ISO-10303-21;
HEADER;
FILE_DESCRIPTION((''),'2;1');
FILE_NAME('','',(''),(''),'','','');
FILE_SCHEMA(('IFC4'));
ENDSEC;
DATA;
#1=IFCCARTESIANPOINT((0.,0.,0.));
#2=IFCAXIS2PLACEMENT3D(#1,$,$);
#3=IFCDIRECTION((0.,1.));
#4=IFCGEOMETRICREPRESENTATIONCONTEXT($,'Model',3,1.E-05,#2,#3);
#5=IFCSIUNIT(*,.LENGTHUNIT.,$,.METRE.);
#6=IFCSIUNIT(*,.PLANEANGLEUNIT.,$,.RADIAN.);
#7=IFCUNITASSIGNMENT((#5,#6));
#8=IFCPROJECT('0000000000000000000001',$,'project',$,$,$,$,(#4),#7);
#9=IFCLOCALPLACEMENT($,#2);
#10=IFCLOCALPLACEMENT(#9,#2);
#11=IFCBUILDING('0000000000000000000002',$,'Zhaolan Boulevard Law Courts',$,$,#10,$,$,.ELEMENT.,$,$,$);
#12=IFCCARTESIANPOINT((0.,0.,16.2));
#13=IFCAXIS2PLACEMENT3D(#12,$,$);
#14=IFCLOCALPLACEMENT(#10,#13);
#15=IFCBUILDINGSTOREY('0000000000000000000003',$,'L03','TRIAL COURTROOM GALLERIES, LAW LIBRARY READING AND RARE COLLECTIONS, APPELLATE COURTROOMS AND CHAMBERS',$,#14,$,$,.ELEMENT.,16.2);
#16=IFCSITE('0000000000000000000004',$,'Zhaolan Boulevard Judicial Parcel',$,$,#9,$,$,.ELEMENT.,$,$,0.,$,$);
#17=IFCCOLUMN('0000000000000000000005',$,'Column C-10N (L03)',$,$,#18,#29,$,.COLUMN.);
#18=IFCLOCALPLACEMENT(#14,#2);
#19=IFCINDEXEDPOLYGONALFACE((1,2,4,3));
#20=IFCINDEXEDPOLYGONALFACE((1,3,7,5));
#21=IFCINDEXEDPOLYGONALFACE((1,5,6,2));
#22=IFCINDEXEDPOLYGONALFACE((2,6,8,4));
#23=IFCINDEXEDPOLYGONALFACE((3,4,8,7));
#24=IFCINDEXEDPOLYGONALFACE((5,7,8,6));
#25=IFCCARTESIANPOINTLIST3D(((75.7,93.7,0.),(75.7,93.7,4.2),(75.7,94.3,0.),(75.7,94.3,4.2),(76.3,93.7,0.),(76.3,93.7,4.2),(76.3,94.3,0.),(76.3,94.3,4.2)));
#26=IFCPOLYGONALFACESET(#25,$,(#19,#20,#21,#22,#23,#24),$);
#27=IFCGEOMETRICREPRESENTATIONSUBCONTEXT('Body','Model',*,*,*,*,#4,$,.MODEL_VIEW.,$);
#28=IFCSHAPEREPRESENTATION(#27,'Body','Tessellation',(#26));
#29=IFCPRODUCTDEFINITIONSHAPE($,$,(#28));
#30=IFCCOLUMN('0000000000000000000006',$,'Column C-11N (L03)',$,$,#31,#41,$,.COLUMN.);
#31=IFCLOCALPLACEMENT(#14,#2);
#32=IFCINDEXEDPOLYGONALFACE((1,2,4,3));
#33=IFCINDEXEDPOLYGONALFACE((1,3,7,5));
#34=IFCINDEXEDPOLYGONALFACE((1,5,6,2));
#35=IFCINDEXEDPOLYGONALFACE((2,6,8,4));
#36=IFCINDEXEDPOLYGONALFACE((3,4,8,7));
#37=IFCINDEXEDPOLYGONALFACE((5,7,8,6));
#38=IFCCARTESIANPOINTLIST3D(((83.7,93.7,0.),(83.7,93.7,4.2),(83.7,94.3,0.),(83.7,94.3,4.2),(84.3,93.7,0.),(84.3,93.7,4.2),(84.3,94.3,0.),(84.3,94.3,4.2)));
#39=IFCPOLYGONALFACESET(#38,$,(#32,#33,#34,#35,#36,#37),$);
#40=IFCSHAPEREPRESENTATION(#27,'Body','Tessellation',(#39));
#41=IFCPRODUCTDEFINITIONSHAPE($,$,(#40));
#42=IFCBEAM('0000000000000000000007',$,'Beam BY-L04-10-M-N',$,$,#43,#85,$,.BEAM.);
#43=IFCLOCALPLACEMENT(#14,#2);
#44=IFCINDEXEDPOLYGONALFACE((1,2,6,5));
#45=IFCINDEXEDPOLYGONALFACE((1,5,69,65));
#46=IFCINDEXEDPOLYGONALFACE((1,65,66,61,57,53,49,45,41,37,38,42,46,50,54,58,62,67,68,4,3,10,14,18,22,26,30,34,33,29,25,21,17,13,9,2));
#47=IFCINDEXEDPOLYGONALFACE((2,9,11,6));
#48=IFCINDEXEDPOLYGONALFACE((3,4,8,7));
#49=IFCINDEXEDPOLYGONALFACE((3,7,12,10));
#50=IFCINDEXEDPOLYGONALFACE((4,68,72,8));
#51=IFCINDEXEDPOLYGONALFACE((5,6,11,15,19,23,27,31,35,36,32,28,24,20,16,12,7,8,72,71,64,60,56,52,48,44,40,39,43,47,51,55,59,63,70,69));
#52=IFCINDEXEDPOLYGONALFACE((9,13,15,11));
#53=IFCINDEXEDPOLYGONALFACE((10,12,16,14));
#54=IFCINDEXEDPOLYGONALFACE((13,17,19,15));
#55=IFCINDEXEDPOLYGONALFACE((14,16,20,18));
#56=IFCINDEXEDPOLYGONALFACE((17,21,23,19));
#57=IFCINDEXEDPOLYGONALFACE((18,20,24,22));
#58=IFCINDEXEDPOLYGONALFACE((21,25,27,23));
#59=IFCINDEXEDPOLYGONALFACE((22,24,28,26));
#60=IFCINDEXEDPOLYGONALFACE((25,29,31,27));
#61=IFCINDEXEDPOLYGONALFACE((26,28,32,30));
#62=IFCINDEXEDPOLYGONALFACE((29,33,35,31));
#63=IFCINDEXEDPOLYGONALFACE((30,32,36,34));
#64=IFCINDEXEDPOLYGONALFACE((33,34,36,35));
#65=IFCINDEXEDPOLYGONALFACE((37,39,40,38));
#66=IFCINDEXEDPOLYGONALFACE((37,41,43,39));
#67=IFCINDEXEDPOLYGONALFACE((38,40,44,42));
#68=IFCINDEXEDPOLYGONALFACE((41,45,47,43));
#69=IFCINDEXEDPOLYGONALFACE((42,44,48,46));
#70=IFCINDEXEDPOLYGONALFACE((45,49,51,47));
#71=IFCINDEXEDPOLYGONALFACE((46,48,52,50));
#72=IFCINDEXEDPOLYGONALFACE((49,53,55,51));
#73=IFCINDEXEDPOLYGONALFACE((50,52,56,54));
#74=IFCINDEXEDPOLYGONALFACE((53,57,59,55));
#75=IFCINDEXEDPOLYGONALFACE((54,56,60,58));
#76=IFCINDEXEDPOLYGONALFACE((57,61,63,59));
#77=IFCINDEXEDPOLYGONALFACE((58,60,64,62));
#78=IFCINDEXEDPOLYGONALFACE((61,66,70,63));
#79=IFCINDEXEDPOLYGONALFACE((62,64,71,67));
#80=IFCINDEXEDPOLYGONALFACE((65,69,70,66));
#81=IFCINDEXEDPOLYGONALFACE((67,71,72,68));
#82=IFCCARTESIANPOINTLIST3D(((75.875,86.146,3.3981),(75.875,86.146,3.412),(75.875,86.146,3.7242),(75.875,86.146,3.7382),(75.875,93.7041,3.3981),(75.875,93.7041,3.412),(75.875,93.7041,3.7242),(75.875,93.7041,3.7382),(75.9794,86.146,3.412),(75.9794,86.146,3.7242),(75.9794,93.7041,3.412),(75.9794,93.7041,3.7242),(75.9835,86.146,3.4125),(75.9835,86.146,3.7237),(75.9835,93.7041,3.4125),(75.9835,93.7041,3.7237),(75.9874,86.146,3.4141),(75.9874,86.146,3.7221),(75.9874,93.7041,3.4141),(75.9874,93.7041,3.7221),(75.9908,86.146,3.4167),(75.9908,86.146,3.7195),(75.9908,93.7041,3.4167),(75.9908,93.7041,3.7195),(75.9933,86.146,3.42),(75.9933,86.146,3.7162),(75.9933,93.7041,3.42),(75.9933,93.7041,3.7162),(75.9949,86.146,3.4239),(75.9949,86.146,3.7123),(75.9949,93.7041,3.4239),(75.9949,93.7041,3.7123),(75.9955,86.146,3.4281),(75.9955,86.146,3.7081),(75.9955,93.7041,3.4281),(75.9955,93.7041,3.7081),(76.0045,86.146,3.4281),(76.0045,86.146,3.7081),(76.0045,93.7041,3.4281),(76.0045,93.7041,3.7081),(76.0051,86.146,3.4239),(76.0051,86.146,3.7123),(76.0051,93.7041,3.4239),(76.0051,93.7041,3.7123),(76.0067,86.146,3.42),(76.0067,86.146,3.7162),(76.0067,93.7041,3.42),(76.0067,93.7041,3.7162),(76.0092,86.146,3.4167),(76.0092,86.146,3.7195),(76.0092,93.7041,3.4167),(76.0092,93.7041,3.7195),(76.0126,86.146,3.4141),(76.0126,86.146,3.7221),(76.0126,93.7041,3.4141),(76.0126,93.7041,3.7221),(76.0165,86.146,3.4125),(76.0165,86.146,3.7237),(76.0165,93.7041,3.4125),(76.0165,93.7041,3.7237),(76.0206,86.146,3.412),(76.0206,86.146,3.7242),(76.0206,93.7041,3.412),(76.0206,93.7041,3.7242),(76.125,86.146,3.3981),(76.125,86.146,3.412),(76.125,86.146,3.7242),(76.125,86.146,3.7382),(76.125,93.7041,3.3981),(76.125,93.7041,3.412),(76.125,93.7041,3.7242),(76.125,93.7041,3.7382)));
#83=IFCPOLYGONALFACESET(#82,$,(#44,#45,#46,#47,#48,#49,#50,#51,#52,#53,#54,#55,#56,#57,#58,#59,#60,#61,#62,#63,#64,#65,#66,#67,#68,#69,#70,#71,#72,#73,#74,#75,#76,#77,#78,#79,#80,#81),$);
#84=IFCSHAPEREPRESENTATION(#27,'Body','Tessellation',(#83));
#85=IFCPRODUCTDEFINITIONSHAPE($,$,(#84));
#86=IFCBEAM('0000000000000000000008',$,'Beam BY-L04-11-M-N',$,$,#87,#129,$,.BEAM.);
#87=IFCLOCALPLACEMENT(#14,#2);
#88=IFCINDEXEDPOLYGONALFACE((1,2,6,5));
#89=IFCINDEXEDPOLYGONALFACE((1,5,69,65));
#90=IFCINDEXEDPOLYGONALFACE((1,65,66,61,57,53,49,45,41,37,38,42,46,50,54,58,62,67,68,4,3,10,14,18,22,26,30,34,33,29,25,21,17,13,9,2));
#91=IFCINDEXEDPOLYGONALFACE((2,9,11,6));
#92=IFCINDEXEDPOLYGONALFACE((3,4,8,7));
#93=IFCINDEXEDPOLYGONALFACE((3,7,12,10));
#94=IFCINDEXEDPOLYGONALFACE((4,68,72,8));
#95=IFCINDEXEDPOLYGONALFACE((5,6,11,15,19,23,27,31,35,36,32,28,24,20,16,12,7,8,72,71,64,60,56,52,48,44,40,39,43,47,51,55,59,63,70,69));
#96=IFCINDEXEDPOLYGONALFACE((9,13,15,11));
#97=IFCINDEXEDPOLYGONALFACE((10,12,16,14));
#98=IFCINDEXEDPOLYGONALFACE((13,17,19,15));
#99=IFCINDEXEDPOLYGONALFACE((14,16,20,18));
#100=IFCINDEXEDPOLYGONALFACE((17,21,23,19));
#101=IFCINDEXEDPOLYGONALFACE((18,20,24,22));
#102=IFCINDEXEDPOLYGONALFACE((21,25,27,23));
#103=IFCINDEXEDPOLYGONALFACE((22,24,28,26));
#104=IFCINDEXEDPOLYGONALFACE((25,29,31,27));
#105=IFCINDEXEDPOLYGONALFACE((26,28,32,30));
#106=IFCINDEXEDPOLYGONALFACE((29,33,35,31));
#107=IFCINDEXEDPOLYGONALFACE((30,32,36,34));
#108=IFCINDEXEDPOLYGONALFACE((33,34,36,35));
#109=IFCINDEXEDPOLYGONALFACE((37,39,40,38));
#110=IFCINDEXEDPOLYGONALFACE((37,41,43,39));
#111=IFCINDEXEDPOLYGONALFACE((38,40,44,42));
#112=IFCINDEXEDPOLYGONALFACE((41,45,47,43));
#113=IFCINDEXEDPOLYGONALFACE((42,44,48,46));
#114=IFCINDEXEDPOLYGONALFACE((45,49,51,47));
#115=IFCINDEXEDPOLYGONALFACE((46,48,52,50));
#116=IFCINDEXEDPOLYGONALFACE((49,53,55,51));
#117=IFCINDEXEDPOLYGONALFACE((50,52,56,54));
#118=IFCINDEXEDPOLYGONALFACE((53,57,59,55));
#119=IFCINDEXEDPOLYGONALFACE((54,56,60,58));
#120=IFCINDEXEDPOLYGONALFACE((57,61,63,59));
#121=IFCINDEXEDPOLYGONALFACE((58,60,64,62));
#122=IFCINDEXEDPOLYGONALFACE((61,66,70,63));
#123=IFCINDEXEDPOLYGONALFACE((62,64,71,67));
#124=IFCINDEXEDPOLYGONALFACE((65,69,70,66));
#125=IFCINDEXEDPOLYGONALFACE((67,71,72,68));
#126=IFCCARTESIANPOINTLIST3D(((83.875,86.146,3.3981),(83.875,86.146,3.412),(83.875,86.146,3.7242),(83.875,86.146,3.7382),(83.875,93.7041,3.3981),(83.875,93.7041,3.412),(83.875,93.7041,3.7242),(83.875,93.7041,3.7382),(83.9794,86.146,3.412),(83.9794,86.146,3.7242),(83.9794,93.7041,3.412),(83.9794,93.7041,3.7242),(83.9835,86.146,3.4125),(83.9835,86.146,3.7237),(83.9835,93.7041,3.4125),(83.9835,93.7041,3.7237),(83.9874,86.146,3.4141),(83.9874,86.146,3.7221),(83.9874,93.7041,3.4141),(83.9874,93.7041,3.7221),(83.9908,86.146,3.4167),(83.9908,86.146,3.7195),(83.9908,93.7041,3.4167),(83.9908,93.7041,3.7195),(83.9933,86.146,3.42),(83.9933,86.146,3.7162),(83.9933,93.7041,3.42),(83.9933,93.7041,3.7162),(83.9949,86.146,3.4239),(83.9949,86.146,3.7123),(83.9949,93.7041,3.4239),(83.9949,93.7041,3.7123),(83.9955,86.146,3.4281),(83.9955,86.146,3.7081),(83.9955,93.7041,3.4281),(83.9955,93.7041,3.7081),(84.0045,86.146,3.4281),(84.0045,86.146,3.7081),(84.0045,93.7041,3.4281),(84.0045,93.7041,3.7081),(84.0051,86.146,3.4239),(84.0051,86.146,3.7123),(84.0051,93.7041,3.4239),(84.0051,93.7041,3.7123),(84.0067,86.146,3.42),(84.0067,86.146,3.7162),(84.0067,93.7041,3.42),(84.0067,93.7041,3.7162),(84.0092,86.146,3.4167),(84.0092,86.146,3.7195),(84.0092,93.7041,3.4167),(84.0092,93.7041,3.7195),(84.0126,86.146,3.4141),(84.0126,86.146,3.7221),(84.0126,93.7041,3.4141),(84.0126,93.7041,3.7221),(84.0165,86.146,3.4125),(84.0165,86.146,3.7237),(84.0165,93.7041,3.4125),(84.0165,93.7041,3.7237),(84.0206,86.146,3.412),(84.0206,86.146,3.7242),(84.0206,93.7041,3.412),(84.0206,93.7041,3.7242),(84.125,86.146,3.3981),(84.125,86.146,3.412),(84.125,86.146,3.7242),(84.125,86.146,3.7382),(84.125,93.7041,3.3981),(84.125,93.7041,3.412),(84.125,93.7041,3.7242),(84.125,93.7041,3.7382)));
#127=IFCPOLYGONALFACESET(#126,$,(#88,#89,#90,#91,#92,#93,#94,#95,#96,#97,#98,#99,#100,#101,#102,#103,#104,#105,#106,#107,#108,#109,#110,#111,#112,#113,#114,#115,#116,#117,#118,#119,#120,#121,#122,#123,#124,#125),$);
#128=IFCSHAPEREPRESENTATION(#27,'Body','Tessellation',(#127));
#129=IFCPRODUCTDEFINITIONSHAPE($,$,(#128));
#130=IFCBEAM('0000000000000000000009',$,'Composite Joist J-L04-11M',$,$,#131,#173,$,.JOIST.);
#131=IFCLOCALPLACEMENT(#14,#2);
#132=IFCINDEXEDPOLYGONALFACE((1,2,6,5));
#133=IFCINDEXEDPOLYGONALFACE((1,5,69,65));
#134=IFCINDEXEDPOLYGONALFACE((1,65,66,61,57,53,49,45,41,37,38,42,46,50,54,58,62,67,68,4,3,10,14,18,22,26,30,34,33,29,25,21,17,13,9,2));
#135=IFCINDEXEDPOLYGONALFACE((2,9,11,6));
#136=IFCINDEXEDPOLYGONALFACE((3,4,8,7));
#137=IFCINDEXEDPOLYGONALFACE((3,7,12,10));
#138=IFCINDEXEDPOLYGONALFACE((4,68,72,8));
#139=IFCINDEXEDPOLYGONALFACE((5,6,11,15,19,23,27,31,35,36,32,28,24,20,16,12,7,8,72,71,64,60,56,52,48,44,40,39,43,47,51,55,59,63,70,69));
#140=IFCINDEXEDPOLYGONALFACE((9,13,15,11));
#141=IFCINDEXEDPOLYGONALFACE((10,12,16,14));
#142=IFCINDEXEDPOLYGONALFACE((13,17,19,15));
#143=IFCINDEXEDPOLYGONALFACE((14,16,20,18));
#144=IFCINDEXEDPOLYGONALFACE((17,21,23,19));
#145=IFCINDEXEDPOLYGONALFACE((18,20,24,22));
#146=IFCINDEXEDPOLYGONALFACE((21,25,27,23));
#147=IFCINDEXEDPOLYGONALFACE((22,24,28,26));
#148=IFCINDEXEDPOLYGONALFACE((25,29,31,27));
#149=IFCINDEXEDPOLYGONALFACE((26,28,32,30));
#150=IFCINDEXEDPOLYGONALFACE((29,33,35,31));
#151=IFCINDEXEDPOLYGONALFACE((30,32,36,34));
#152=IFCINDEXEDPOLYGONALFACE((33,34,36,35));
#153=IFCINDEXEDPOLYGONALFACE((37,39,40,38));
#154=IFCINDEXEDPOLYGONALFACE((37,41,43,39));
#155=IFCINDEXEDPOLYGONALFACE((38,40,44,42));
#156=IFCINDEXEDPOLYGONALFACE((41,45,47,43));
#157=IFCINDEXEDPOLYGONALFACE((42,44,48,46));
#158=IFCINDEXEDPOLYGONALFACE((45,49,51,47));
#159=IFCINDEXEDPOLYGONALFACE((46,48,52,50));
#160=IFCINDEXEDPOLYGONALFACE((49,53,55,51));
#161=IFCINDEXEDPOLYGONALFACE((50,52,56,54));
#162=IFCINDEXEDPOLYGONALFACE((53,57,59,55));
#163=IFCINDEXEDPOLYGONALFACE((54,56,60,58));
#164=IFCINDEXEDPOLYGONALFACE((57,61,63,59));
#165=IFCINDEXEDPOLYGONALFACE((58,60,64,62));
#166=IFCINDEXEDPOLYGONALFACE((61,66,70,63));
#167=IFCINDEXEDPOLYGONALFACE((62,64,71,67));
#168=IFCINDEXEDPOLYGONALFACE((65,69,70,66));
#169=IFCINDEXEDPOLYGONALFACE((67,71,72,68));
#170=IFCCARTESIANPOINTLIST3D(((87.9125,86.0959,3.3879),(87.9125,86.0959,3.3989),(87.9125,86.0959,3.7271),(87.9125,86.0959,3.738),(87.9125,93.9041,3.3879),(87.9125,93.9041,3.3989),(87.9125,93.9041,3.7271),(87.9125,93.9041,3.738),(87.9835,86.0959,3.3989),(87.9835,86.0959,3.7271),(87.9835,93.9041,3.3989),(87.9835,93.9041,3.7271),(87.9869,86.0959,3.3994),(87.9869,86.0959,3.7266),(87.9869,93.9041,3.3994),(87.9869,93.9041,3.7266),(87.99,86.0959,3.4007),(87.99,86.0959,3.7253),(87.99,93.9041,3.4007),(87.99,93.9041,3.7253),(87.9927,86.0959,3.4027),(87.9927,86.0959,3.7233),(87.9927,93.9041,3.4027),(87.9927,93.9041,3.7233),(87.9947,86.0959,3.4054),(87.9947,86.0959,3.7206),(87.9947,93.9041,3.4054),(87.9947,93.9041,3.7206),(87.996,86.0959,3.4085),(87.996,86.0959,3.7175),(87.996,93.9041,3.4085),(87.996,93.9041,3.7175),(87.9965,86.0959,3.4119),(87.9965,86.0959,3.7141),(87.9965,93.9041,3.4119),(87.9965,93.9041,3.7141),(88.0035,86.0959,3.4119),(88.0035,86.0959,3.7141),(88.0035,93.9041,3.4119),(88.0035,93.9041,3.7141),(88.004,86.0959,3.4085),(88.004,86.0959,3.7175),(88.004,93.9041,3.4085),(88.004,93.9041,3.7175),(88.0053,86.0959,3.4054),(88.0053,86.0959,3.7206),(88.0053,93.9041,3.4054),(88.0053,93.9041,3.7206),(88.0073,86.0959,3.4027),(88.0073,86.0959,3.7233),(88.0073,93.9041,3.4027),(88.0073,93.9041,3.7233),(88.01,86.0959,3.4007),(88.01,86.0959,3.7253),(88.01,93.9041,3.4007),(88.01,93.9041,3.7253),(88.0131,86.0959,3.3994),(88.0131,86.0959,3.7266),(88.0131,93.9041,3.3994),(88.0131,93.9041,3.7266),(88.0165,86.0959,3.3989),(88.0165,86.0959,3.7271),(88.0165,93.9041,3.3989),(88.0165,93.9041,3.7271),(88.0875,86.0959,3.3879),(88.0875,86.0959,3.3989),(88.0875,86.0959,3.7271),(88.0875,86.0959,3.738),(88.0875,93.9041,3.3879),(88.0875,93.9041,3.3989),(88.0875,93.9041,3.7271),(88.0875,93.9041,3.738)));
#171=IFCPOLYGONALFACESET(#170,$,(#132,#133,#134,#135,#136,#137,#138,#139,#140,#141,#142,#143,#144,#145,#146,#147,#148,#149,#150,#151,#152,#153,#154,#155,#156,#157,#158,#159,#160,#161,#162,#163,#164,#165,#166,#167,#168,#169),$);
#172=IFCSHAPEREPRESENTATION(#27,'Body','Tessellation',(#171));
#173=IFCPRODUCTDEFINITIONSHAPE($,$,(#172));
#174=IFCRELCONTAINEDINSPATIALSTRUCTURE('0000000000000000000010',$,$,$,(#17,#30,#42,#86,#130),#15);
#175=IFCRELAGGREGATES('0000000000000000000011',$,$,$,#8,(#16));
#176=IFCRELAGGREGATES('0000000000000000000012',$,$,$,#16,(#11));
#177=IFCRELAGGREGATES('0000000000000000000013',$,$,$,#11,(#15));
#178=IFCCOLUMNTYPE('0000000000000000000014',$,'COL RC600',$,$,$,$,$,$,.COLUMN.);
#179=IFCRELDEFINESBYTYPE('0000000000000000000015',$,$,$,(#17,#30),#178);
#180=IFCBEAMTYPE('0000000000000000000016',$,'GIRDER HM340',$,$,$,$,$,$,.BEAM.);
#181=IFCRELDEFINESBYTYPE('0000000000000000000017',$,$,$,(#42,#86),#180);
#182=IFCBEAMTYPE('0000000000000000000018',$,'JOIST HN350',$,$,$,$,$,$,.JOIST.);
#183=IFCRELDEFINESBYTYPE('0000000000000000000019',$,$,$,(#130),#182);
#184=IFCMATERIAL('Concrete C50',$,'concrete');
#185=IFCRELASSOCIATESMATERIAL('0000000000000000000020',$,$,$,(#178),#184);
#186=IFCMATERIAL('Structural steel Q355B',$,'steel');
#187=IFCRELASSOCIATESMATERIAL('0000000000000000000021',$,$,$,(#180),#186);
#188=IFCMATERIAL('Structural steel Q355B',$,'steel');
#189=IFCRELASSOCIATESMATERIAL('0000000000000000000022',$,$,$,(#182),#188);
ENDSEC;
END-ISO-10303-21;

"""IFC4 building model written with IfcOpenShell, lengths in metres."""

from ifc_helpers import new_model, si_unit, direction, frame, origin, origin_2d, place, context, subcontext, project, spatial, rectangle, i_section, extrude, material, material_profile, profile_set, type_object, element, save


model = new_model("IFC4")

# Units and contexts
model_context = context("Model", 3, precision=1e-05, world=origin(), true_north=direction((0.0, 1.0)))
body_context = subcontext(model_context, "Body", "Model", "MODEL_VIEW")
ifc_project = project(units=[si_unit("LENGTHUNIT", "METRE"), si_unit("PLANEANGLEUNIT", "RADIAN")], contexts=[model_context])

# Site, building, storey
site_placement = place(None, origin())
site = spatial("IfcSite", under=ifc_project, at=site_placement, Name="Zhaolan Boulevard Judicial Parcel", CompositionType="ELEMENT", RefElevation=0.0)
building_placement = place(site_placement, origin())
building = spatial("IfcBuilding", under=site, at=building_placement, Name="Zhaolan Boulevard Law Courts", CompositionType="ELEMENT")
storey_placement = place(building_placement, frame((0.0, 0.0, 16.2)))
storey = spatial("IfcBuildingStorey", under=building, at=storey_placement, Name="L03", Description="TRIAL COURTROOM GALLERIES, LAW LIBRARY READING AND RARE COLLECTIONS, APPELLATE COURTROOMS AND CHAMBERS", CompositionType="ELEMENT", Elevation=16.2)

# Columns
ifc_material_1 = material(Name="Concrete C50", Category="concrete")
ifc_material_profile_1 = material_profile(ifc_material_1, rectangle(XDim=0.6001, YDim=0.6001, at=origin_2d()), Name="RC600x600")
ifc_profile_set_1 = profile_set([ifc_material_profile_1], Name="Concrete C50")
column_type = type_object("IfcColumnType", Name="COL RC600", PredefinedType="COLUMN", material=ifc_profile_set_1)
for number, where, z_axis, x_axis, name in (
    (1, (76.0, 94.0, 0.0), (0.0, 0.0, 1.0), (1.0, 0.0, 0.0), "Column C-10N (L03)"),
    (2, (84.0, 94.0, 0.0), (0.0, 0.0, 1.0), (1.0, 0.0, 0.0), "Column C-11N (L03)"),
):
    element("IfcColumn", number, at=place(storey_placement, frame(where, z_axis=z_axis, x_axis=x_axis)), inside=storey, type_object=column_type, Name=name, PredefinedType="COLUMN", context=body_context, shape_type="SweptSolid", body=[
        extrude(rectangle(XDim=0.6001, YDim=0.6001, at=origin_2d()), origin(), (0.0, 0.0, 1.0), 4.2),
    ])

# Beams
ifc_material_2 = material(Name="Structural steel Q355B", Category="steel")
ifc_material_profile_2 = material_profile(ifc_material_2, i_section(OverallWidth=0.25, OverallDepth=0.3401, WebThickness=0.009, FlangeThickness=0.0139, FilletRadius=0.0161, at=origin_2d()), Name="HM340x250")
ifc_profile_set_2 = profile_set([ifc_material_profile_2], Name="Structural steel Q355B")
beam_type_1 = type_object("IfcBeamType", Name="GIRDER HM340", PredefinedType="BEAM", material=ifc_profile_set_2)
for number, where, z_axis, x_axis, name in (
    (3, (76.0, 86.146, 3.5681), (0.0, 1.0, 0.0), (-1.0, 0.0, 0.0), "Beam BY-L04-10-M-N"),
    (4, (84.0, 86.146, 3.5681), (0.0, 1.0, 0.0), (-1.0, 0.0, 0.0), "Beam BY-L04-11-M-N"),
):
    element("IfcBeam", number, at=place(storey_placement, frame(where, z_axis=z_axis, x_axis=x_axis)), inside=storey, type_object=beam_type_1, Name=name, PredefinedType="BEAM", context=body_context, shape_type="SweptSolid", body=[
        extrude(i_section(OverallWidth=0.25, OverallDepth=0.3401, WebThickness=0.009, FlangeThickness=0.0139, FilletRadius=0.0161, at=origin_2d()), origin(), (0.0, 0.0, 1.0), 7.5581),
    ])
ifc_material_3 = material(Name="Structural steel Q355B", Category="steel")
ifc_material_profile_3 = material_profile(ifc_material_3, i_section(OverallWidth=0.175, OverallDepth=0.3501, WebThickness=0.0071, FlangeThickness=0.011, FilletRadius=0.0129, at=origin_2d()), Name="HN350x175")
ifc_profile_set_3 = profile_set([ifc_material_profile_3], Name="Structural steel Q355B")
beam_type_2 = type_object("IfcBeamType", Name="JOIST HN350", PredefinedType="JOIST", material=ifc_profile_set_3)
beam_1_placement = place(storey_placement, frame((88.0, 86.0959, 3.563), z_axis=(0.0, 1.0, 0.0), x_axis=(-1.0, 0.0, 0.0)))
element("IfcBeam", 5, at=beam_1_placement, inside=storey, type_object=beam_type_2, Name="Composite Joist J-L04-11M", PredefinedType="JOIST", context=body_context, shape_type="SweptSolid", body=[
    extrude(i_section(OverallWidth=0.175, OverallDepth=0.3501, WebThickness=0.0071, FlangeThickness=0.011, FilletRadius=0.0129, at=origin_2d()), origin(), (0.0, 0.0, 1.0), 7.8081),
])

save(model, "model.ifc")
